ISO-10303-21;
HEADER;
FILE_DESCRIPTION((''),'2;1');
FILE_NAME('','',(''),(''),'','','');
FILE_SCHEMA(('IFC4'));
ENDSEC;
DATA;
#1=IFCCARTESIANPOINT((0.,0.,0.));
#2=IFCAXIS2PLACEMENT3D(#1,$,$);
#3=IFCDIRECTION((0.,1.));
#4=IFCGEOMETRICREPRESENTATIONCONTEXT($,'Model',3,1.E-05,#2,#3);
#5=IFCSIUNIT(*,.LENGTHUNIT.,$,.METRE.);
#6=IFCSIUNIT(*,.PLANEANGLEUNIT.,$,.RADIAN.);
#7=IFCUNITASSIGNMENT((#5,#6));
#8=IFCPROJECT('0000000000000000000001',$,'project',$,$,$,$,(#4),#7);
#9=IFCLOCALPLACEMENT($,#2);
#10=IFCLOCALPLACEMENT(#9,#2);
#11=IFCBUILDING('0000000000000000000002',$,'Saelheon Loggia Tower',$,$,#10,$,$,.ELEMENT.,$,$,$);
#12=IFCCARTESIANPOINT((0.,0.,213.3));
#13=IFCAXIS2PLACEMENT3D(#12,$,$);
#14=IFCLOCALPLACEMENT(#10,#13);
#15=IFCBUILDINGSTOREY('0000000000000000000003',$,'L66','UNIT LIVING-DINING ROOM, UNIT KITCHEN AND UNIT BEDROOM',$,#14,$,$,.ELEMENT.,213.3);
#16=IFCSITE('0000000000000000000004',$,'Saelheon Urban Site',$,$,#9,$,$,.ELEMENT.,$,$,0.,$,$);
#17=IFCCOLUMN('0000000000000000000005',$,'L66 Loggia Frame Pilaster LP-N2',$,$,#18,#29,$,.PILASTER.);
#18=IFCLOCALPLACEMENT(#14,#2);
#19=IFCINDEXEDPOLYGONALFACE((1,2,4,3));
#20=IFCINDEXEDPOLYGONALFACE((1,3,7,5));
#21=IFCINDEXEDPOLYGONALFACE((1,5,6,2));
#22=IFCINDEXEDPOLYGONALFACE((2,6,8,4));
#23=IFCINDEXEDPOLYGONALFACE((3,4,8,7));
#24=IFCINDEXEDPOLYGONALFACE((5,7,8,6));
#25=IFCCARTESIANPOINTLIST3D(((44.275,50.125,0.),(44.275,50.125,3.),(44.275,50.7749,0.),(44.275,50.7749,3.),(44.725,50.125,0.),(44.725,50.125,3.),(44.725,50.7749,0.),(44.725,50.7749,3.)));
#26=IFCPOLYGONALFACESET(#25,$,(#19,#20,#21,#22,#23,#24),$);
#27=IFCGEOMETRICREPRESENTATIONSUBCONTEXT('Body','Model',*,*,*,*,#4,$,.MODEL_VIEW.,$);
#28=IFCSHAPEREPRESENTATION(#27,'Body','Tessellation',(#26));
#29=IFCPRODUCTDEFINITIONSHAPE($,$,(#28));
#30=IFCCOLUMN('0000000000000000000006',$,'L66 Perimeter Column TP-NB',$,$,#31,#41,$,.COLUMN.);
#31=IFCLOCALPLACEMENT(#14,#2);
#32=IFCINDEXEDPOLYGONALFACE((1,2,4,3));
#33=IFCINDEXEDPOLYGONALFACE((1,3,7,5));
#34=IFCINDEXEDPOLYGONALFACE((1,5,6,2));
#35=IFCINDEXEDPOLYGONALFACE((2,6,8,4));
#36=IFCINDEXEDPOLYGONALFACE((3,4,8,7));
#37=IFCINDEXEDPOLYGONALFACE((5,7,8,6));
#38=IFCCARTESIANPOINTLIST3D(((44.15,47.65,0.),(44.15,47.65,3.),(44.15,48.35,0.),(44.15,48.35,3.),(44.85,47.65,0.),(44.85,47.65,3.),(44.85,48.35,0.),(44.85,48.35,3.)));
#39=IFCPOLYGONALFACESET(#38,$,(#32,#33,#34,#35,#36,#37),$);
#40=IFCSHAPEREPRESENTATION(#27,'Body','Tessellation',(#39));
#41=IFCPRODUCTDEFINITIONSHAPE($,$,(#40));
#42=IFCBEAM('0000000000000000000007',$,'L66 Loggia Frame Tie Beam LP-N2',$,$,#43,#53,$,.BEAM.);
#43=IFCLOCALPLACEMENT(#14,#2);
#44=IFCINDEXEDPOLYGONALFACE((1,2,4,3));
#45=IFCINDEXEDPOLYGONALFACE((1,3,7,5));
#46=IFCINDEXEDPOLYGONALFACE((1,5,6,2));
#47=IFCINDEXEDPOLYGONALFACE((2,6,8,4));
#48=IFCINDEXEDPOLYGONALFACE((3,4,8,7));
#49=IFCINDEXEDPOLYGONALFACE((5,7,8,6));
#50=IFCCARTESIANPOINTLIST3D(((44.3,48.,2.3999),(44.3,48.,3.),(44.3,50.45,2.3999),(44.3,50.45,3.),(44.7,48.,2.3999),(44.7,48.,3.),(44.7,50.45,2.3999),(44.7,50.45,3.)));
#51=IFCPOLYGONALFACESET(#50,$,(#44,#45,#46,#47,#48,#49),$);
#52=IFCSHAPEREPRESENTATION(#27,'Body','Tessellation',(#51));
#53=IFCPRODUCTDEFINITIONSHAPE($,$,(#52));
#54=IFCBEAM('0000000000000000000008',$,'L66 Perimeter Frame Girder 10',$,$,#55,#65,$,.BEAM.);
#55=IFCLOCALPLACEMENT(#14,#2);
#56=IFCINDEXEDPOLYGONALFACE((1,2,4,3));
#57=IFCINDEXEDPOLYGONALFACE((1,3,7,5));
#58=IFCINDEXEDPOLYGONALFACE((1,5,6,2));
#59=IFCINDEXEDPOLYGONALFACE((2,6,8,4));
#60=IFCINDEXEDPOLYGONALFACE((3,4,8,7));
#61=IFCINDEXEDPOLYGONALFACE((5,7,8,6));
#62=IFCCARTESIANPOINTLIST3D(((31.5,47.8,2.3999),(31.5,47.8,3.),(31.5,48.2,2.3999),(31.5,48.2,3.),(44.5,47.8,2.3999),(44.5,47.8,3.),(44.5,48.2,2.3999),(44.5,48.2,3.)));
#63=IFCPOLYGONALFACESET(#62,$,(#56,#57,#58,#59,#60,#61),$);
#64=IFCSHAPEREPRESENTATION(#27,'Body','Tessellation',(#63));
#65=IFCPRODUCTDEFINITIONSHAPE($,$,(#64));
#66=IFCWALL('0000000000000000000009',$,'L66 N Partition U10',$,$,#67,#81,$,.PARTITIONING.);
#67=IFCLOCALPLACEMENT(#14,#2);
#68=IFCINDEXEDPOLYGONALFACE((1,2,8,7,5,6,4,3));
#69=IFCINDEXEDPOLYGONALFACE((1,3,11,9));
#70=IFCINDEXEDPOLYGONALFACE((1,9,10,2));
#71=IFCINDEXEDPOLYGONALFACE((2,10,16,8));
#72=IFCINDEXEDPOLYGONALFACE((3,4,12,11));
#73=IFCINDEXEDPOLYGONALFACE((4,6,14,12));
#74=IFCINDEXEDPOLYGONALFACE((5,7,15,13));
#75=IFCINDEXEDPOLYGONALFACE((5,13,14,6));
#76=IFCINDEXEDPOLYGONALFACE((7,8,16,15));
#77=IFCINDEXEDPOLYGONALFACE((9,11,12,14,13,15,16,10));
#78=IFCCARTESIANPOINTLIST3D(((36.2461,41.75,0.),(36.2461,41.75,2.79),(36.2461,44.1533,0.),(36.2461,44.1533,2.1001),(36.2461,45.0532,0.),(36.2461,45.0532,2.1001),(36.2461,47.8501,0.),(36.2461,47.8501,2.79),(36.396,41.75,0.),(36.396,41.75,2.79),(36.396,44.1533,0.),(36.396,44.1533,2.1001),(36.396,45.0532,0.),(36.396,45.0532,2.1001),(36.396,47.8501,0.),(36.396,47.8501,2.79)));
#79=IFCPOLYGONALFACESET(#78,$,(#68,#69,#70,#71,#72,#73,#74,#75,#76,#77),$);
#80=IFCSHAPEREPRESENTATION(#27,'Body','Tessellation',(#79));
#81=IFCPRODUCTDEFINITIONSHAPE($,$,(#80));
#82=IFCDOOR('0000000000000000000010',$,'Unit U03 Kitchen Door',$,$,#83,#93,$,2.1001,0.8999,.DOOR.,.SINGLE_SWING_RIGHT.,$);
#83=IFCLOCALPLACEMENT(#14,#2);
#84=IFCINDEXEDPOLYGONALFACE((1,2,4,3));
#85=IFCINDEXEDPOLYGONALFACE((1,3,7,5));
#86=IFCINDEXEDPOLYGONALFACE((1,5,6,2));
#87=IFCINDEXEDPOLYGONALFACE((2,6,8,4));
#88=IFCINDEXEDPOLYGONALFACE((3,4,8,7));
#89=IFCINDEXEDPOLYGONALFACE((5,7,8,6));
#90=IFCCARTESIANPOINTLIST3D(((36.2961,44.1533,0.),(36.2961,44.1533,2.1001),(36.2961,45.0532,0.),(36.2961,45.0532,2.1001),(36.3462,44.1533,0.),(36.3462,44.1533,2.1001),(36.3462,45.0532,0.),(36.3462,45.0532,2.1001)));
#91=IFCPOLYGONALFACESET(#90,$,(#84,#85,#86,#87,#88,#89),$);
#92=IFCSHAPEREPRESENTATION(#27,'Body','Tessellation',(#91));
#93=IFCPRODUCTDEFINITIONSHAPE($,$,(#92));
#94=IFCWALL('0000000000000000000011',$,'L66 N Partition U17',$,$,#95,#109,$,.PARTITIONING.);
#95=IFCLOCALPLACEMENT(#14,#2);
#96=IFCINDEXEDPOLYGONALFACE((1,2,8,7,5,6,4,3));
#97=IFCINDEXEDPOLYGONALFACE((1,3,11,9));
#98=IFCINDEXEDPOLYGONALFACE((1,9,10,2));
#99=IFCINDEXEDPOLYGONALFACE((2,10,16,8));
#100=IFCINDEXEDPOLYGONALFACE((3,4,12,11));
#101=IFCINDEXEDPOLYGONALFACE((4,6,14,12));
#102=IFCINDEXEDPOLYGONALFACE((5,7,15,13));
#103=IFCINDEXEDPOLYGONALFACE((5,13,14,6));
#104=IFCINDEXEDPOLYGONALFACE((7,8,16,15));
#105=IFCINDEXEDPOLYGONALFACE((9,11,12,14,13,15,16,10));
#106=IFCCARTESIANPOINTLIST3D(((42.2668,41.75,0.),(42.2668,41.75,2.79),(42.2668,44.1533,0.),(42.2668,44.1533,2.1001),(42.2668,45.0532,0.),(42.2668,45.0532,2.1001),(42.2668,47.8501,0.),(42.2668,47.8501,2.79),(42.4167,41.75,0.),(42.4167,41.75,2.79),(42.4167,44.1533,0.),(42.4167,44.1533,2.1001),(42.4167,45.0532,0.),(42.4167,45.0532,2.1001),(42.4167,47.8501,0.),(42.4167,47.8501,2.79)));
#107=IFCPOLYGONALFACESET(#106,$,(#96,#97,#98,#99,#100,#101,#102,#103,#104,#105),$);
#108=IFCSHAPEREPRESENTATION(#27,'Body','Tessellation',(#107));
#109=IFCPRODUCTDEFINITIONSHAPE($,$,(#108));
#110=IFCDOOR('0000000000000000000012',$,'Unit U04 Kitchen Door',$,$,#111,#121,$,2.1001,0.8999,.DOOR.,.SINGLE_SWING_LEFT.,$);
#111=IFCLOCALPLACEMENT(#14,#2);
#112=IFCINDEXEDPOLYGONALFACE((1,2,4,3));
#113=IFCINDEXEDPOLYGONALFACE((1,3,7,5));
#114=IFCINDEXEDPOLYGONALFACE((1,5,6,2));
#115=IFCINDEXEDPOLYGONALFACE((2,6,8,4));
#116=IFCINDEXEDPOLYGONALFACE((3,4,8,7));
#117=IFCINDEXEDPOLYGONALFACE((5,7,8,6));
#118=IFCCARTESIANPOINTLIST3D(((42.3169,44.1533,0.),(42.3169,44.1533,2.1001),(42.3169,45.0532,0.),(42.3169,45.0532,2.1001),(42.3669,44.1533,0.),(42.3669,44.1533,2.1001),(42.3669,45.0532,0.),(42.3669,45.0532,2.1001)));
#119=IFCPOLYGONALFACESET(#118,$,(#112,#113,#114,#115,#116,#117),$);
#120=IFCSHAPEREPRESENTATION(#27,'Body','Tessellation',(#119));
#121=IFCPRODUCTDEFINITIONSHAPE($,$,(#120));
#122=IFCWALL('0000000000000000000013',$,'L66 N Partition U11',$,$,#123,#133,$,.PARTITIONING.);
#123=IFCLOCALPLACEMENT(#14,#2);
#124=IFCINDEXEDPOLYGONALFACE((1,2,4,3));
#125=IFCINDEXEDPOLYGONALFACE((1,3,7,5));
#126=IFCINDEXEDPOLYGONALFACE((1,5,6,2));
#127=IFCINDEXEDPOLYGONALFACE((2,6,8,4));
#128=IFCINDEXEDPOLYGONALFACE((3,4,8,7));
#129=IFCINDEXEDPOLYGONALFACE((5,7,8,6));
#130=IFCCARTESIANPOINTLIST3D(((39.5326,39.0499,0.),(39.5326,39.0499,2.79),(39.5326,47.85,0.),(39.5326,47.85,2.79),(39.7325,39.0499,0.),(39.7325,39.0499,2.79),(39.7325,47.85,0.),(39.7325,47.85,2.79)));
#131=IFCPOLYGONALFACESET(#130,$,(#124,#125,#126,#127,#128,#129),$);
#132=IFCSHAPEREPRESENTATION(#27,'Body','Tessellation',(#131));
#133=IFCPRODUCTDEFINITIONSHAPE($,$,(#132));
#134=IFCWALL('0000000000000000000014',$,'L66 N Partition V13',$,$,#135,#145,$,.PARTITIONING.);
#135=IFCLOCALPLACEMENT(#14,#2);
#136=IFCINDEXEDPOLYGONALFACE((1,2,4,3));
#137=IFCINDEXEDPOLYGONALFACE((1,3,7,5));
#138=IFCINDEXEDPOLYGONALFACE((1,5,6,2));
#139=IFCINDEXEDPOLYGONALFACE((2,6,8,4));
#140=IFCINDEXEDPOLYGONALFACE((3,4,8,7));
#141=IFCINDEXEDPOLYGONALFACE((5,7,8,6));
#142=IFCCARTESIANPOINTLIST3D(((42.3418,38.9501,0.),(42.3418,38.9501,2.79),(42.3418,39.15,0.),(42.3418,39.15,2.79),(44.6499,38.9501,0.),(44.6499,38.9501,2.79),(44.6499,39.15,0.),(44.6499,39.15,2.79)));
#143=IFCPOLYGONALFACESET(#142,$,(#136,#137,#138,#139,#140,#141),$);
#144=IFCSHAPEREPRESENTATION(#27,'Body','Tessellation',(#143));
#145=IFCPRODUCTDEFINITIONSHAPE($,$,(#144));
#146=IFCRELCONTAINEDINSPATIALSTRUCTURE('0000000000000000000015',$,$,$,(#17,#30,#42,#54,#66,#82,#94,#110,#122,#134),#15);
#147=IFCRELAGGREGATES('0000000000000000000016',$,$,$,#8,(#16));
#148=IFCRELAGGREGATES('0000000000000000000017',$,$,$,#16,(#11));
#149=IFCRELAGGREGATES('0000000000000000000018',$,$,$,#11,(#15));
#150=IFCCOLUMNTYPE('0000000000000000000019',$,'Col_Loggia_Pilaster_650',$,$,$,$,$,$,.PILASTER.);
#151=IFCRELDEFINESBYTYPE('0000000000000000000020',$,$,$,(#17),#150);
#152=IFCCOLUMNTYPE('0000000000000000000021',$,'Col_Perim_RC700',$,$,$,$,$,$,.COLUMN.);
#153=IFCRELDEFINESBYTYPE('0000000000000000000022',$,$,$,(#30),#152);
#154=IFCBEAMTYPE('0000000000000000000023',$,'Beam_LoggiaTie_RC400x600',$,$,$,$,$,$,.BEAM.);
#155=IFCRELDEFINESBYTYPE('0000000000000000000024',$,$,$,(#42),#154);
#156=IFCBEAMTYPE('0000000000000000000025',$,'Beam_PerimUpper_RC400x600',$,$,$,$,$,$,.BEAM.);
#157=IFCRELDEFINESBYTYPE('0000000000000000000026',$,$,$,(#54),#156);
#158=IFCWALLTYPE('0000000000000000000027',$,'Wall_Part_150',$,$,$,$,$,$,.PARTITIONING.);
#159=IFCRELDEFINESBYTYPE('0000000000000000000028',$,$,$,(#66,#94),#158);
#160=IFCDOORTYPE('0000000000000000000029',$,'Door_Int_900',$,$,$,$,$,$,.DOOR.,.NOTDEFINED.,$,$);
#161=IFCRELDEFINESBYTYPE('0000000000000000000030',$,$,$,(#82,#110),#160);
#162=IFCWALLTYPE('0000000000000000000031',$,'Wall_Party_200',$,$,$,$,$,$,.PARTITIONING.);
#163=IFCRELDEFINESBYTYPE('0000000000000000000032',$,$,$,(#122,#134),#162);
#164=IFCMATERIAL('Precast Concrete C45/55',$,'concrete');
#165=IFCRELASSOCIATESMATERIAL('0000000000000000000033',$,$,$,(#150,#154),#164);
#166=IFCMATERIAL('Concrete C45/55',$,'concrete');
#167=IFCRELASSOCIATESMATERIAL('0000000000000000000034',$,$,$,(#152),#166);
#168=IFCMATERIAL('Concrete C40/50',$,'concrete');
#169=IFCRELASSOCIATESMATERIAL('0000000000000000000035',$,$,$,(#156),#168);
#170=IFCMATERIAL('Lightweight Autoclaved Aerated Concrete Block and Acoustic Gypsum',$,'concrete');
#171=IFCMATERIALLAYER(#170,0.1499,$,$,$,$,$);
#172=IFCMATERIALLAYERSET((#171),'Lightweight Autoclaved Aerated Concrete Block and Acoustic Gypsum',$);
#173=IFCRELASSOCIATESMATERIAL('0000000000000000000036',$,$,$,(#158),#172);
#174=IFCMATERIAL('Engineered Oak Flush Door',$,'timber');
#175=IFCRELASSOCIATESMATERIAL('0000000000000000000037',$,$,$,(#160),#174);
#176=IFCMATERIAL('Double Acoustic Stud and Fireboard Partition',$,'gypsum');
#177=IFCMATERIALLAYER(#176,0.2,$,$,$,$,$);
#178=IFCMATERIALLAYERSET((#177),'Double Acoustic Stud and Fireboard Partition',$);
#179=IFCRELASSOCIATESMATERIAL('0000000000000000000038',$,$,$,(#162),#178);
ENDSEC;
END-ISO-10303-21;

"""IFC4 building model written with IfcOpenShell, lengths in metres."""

from ifc_helpers import new_model, si_unit, direction, frame, frame_2d, origin, origin_2d, place, context, subcontext, project, spatial, rectangle, extrude, source, transform, mapped, material, layer, layer_set, material_profile, profile_set, type_object, element, fill, save


model = new_model("IFC4")

# Units and contexts
model_context = context("Model", 3, precision=1e-05, world=origin(), true_north=direction((0.0, 1.0)))
body_context = subcontext(model_context, "Body", "Model", "MODEL_VIEW")
ifc_project = project(units=[si_unit("LENGTHUNIT", "METRE"), si_unit("PLANEANGLEUNIT", "RADIAN")], contexts=[model_context])

# Site, building, storey
site_placement = place(None, origin())
site = spatial("IfcSite", under=ifc_project, at=site_placement, Name="Saelheon Urban Site", CompositionType="ELEMENT", RefElevation=0.0)
building_placement = place(site_placement, origin())
building = spatial("IfcBuilding", under=site, at=building_placement, Name="Saelheon Loggia Tower", CompositionType="ELEMENT")
storey_placement = place(building_placement, frame((0.0, 0.0, 213.3)))
storey = spatial("IfcBuildingStorey", under=building, at=storey_placement, Name="L66", Description="UNIT LIVING-DINING ROOM, UNIT KITCHEN AND UNIT BEDROOM", CompositionType="ELEMENT", Elevation=213.3)

# Columns
ifc_material_1 = material(Name="Precast Concrete C45/55", Category="concrete")
ifc_material_profile_1 = material_profile(ifc_material_1, rectangle(XDim=0.45, YDim=0.6499, at=origin_2d()), Name="RC-450x650")
ifc_profile_set_1 = profile_set([ifc_material_profile_1], Name="Precast Concrete C45/55")
column_type_1 = type_object("IfcColumnType", Name="Col_Loggia_Pilaster_650", PredefinedType="PILASTER", material=ifc_profile_set_1)
shared_shape_1 = source(origin(), body_context, "Body", "SweptSolid", [
    extrude(rectangle(XDim=0.45, YDim=0.6499, at=origin_2d()), origin(), (0.0, 0.0, 1.0), 3.0),
])
column_1_placement = place(storey_placement, frame((44.5, 50.45, 0.0), z_axis=(0.0, 0.0, 1.0), x_axis=(1.0, 0.0, 0.0)))
element("IfcColumn", 1, at=column_1_placement, inside=storey, type_object=column_type_1, Name="L66 Loggia Frame Pilaster LP-N2", PredefinedType="PILASTER", context=body_context, shape_type="MappedRepresentation", body=[
    mapped(shared_shape_1, transform((0.0, 0.0, 0.0), scale=1.0)),
])
ifc_material_2 = material(Name="Concrete C45/55", Category="concrete")
ifc_material_profile_2 = material_profile(ifc_material_2, rectangle(XDim=0.7, YDim=0.7, at=origin_2d()), Name="RC-700x700")
ifc_profile_set_2 = profile_set([ifc_material_profile_2], Name="Concrete C45/55")
column_type_2 = type_object("IfcColumnType", Name="Col_Perim_RC700", PredefinedType="COLUMN", material=ifc_profile_set_2)
shared_shape_2 = source(origin(), body_context, "Body", "SweptSolid", [
    extrude(rectangle(XDim=0.7, YDim=0.7, at=origin_2d()), origin(), (0.0, 0.0, 1.0), 3.0),
])
column_2_placement = place(storey_placement, frame((44.5, 48.0, 0.0), z_axis=(0.0, 0.0, 1.0), x_axis=(1.0, 0.0, 0.0)))
element("IfcColumn", 2, at=column_2_placement, inside=storey, type_object=column_type_2, Name="L66 Perimeter Column TP-NB", PredefinedType="COLUMN", context=body_context, shape_type="MappedRepresentation", body=[
    mapped(shared_shape_2, transform((0.0, 0.0, 0.0), scale=1.0)),
])

# Beams
ifc_material_profile_3 = material_profile(ifc_material_1, rectangle(XDim=0.3999, YDim=0.6001, at=origin_2d()), Name="RC-400x600")
ifc_profile_set_3 = profile_set([ifc_material_profile_3], Name="Precast Concrete C45/55")
beam_type_1 = type_object("IfcBeamType", Name="Beam_LoggiaTie_RC400x600", PredefinedType="BEAM", material=ifc_profile_set_3)
shared_shape_3 = source(origin(), body_context, "Body", "SweptSolid", [
    extrude(rectangle(XDim=0.3999, YDim=0.6001, at=origin_2d()), origin(), (0.0, 0.0, 1.0), 2.45),
])
beam_1_placement = place(storey_placement, frame((44.5, 48.0, 2.7), z_axis=(0.0, 1.0, 0.0), x_axis=(-1.0, 0.0, 0.0)))
element("IfcBeam", 3, at=beam_1_placement, inside=storey, type_object=beam_type_1, Name="L66 Loggia Frame Tie Beam LP-N2", PredefinedType="BEAM", context=body_context, shape_type="MappedRepresentation", body=[
    mapped(shared_shape_3, transform((0.0, 0.0, 0.0), scale=1.0)),
])
ifc_material_3 = material(Name="Concrete C40/50", Category="concrete")
ifc_material_profile_4 = material_profile(ifc_material_3, rectangle(XDim=0.3999, YDim=0.6001, at=origin_2d()), Name="RC-400x600")
ifc_profile_set_4 = profile_set([ifc_material_profile_4], Name="Concrete C40/50")
beam_type_2 = type_object("IfcBeamType", Name="Beam_PerimUpper_RC400x600", PredefinedType="BEAM", material=ifc_profile_set_4)
shared_shape_4 = source(origin(), body_context, "Body", "SweptSolid", [
    extrude(rectangle(XDim=0.3999, YDim=0.6001, at=origin_2d()), origin(), (0.0, 0.0, 1.0), 13.0),
])
beam_2_placement = place(storey_placement, frame((44.5, 48.0, 2.7), z_axis=(-1.0, 0.0, 0.0), x_axis=(0.0, -1.0, 0.0)))
element("IfcBeam", 4, at=beam_2_placement, inside=storey, type_object=beam_type_2, Name="L66 Perimeter Frame Girder 10", PredefinedType="BEAM", context=body_context, shape_type="MappedRepresentation", body=[
    mapped(shared_shape_4, transform((0.0, 0.0, 0.0), scale=1.0)),
])

# Walls, openings, doors
ifc_material_4 = material(Name="Lightweight Autoclaved Aerated Concrete Block and Acoustic Gypsum", Category="concrete")
ifc_layer_1 = layer(ifc_material_4, 0.1499)
ifc_layer_set_1 = layer_set([ifc_layer_1], Name="Lightweight Autoclaved Aerated Concrete Block and Acoustic Gypsum")
wall_type_1 = type_object("IfcWallType", Name="Wall_Part_150", PredefinedType="PARTITIONING", material=ifc_layer_set_1)
wall_1_placement = place(storey_placement, frame((36.321, 41.75, 0.0), z_axis=(0.0, 0.0, 1.0), x_axis=(0.0, 1.0, 0.0)))
wall_1 = element("IfcWall", 5, at=wall_1_placement, inside=storey, type_object=wall_type_1, Name="L66 N Partition U10", PredefinedType="PARTITIONING", context=body_context, shape_type="SweptSolid", body=[
    extrude(rectangle(XDim=6.1001, YDim=0.1499, at=frame_2d((3.05, 0.0))), origin(), (0.0, 0.0, 1.0), 2.79),
])
opening_1_placement = place(wall_1_placement, frame((2.4033, 0.0, 0.0)))
opening_1 = element("IfcOpeningElement", 6, at=opening_1_placement, cuts=wall_1, PredefinedType="OPENING", context=body_context, shape_type="SweptSolid", body=[
    extrude(rectangle(XDim=0.8999, YDim=2.1001, at=frame_2d((0.45, 1.05))), frame((0.0, 0.0869, 0.0), z_axis=(0.0, -1.0, 0.0), x_axis=(1.0, 0.0, 0.0)), (0.0, 0.0, 1.0), 0.1738),
])
ifc_material_5 = material(Name="Engineered Oak Flush Door", Category="timber")
door_type_1 = type_object("IfcDoorType", Name="Door_Int_900", OperationType="NOTDEFINED", PredefinedType="DOOR", material=ifc_material_5)
shared_shape_5 = source(origin(), body_context, "Body", "SweptSolid", [
    extrude(rectangle(XDim=0.8999, YDim=2.1001, at=frame_2d((0.45, 1.05))), frame((0.0, 0.0249, 0.0), z_axis=(0.0, -1.0, 0.0), x_axis=(1.0, 0.0, 0.0)), (0.0, 0.0, 1.0), 0.05),
])
door_1_placement = place(opening_1_placement, origin())
door_1 = element("IfcDoor", 7, at=door_1_placement, inside=storey, type_object=door_type_1, Name="Unit U03 Kitchen Door", OperationType="SINGLE_SWING_RIGHT", OverallHeight=2.1001, OverallWidth=0.8999, PredefinedType="DOOR", context=body_context, shape_type="MappedRepresentation", body=[
    mapped(shared_shape_5, transform((0.0, 0.0, 0.0), scale=1.0)),
])
fill(opening_1, door_1)
wall_2_placement = place(storey_placement, frame((42.3418, 41.75, 0.0), z_axis=(0.0, 0.0, 1.0), x_axis=(0.0, 1.0, 0.0)))
wall_2 = element("IfcWall", 8, at=wall_2_placement, inside=storey, type_object=wall_type_1, Name="L66 N Partition U17", PredefinedType="PARTITIONING", context=body_context, shape_type="SweptSolid", body=[
    extrude(rectangle(XDim=6.1001, YDim=0.1499, at=frame_2d((3.05, 0.0))), origin(), (0.0, 0.0, 1.0), 2.79),
])
opening_2_placement = place(wall_2_placement, frame((2.4033, 0.0, 0.0)))
opening_2 = element("IfcOpeningElement", 9, at=opening_2_placement, cuts=wall_2, PredefinedType="OPENING", context=body_context, shape_type="SweptSolid", body=[
    extrude(rectangle(XDim=0.8999, YDim=2.1001, at=frame_2d((0.45, 1.05))), frame((0.0, 0.0869, 0.0), z_axis=(0.0, -1.0, 0.0), x_axis=(1.0, 0.0, 0.0)), (0.0, 0.0, 1.0), 0.1738),
])
door_2_placement = place(opening_2_placement, origin())
door_2 = element("IfcDoor", 10, at=door_2_placement, inside=storey, type_object=door_type_1, Name="Unit U04 Kitchen Door", OperationType="SINGLE_SWING_LEFT", OverallHeight=2.1001, OverallWidth=0.8999, PredefinedType="DOOR", context=body_context, shape_type="MappedRepresentation", body=[
    mapped(shared_shape_5, transform((0.0, 0.0, 0.0), scale=1.0)),
])
fill(opening_2, door_2)
ifc_material_6 = material(Name="Double Acoustic Stud and Fireboard Partition", Category="gypsum")
ifc_layer_2 = layer(ifc_material_6, 0.2)
ifc_layer_set_2 = layer_set([ifc_layer_2], Name="Double Acoustic Stud and Fireboard Partition")
wall_type_2 = type_object("IfcWallType", Name="Wall_Party_200", PredefinedType="PARTITIONING", material=ifc_layer_set_2)

# Wall
wall_3_placement = place(storey_placement, frame((39.6326, 39.05, 0.0), z_axis=(0.0, 0.0, 1.0), x_axis=(0.0, 1.0, 0.0)))
element("IfcWall", 11, at=wall_3_placement, inside=storey, type_object=wall_type_2, Name="L66 N Partition U11", PredefinedType="PARTITIONING", context=body_context, shape_type="SweptSolid", body=[
    extrude(rectangle(XDim=8.8, YDim=0.2, at=frame_2d((4.3999, 0.0))), origin(), (0.0, 0.0, 1.0), 2.79),
])

# Wall
wall_4_placement = place(storey_placement, frame((42.3418, 39.05, 0.0), z_axis=(0.0, 0.0, 1.0), x_axis=(1.0, 0.0, 0.0)))
element("IfcWall", 12, at=wall_4_placement, inside=storey, type_object=wall_type_2, Name="L66 N Partition V13", PredefinedType="PARTITIONING", context=body_context, shape_type="SweptSolid", body=[
    extrude(rectangle(XDim=2.3081, YDim=0.2, at=frame_2d((1.1541, 0.0))), origin(), (0.0, 0.0, 1.0), 2.79),
])

save(model, "model.ifc")
